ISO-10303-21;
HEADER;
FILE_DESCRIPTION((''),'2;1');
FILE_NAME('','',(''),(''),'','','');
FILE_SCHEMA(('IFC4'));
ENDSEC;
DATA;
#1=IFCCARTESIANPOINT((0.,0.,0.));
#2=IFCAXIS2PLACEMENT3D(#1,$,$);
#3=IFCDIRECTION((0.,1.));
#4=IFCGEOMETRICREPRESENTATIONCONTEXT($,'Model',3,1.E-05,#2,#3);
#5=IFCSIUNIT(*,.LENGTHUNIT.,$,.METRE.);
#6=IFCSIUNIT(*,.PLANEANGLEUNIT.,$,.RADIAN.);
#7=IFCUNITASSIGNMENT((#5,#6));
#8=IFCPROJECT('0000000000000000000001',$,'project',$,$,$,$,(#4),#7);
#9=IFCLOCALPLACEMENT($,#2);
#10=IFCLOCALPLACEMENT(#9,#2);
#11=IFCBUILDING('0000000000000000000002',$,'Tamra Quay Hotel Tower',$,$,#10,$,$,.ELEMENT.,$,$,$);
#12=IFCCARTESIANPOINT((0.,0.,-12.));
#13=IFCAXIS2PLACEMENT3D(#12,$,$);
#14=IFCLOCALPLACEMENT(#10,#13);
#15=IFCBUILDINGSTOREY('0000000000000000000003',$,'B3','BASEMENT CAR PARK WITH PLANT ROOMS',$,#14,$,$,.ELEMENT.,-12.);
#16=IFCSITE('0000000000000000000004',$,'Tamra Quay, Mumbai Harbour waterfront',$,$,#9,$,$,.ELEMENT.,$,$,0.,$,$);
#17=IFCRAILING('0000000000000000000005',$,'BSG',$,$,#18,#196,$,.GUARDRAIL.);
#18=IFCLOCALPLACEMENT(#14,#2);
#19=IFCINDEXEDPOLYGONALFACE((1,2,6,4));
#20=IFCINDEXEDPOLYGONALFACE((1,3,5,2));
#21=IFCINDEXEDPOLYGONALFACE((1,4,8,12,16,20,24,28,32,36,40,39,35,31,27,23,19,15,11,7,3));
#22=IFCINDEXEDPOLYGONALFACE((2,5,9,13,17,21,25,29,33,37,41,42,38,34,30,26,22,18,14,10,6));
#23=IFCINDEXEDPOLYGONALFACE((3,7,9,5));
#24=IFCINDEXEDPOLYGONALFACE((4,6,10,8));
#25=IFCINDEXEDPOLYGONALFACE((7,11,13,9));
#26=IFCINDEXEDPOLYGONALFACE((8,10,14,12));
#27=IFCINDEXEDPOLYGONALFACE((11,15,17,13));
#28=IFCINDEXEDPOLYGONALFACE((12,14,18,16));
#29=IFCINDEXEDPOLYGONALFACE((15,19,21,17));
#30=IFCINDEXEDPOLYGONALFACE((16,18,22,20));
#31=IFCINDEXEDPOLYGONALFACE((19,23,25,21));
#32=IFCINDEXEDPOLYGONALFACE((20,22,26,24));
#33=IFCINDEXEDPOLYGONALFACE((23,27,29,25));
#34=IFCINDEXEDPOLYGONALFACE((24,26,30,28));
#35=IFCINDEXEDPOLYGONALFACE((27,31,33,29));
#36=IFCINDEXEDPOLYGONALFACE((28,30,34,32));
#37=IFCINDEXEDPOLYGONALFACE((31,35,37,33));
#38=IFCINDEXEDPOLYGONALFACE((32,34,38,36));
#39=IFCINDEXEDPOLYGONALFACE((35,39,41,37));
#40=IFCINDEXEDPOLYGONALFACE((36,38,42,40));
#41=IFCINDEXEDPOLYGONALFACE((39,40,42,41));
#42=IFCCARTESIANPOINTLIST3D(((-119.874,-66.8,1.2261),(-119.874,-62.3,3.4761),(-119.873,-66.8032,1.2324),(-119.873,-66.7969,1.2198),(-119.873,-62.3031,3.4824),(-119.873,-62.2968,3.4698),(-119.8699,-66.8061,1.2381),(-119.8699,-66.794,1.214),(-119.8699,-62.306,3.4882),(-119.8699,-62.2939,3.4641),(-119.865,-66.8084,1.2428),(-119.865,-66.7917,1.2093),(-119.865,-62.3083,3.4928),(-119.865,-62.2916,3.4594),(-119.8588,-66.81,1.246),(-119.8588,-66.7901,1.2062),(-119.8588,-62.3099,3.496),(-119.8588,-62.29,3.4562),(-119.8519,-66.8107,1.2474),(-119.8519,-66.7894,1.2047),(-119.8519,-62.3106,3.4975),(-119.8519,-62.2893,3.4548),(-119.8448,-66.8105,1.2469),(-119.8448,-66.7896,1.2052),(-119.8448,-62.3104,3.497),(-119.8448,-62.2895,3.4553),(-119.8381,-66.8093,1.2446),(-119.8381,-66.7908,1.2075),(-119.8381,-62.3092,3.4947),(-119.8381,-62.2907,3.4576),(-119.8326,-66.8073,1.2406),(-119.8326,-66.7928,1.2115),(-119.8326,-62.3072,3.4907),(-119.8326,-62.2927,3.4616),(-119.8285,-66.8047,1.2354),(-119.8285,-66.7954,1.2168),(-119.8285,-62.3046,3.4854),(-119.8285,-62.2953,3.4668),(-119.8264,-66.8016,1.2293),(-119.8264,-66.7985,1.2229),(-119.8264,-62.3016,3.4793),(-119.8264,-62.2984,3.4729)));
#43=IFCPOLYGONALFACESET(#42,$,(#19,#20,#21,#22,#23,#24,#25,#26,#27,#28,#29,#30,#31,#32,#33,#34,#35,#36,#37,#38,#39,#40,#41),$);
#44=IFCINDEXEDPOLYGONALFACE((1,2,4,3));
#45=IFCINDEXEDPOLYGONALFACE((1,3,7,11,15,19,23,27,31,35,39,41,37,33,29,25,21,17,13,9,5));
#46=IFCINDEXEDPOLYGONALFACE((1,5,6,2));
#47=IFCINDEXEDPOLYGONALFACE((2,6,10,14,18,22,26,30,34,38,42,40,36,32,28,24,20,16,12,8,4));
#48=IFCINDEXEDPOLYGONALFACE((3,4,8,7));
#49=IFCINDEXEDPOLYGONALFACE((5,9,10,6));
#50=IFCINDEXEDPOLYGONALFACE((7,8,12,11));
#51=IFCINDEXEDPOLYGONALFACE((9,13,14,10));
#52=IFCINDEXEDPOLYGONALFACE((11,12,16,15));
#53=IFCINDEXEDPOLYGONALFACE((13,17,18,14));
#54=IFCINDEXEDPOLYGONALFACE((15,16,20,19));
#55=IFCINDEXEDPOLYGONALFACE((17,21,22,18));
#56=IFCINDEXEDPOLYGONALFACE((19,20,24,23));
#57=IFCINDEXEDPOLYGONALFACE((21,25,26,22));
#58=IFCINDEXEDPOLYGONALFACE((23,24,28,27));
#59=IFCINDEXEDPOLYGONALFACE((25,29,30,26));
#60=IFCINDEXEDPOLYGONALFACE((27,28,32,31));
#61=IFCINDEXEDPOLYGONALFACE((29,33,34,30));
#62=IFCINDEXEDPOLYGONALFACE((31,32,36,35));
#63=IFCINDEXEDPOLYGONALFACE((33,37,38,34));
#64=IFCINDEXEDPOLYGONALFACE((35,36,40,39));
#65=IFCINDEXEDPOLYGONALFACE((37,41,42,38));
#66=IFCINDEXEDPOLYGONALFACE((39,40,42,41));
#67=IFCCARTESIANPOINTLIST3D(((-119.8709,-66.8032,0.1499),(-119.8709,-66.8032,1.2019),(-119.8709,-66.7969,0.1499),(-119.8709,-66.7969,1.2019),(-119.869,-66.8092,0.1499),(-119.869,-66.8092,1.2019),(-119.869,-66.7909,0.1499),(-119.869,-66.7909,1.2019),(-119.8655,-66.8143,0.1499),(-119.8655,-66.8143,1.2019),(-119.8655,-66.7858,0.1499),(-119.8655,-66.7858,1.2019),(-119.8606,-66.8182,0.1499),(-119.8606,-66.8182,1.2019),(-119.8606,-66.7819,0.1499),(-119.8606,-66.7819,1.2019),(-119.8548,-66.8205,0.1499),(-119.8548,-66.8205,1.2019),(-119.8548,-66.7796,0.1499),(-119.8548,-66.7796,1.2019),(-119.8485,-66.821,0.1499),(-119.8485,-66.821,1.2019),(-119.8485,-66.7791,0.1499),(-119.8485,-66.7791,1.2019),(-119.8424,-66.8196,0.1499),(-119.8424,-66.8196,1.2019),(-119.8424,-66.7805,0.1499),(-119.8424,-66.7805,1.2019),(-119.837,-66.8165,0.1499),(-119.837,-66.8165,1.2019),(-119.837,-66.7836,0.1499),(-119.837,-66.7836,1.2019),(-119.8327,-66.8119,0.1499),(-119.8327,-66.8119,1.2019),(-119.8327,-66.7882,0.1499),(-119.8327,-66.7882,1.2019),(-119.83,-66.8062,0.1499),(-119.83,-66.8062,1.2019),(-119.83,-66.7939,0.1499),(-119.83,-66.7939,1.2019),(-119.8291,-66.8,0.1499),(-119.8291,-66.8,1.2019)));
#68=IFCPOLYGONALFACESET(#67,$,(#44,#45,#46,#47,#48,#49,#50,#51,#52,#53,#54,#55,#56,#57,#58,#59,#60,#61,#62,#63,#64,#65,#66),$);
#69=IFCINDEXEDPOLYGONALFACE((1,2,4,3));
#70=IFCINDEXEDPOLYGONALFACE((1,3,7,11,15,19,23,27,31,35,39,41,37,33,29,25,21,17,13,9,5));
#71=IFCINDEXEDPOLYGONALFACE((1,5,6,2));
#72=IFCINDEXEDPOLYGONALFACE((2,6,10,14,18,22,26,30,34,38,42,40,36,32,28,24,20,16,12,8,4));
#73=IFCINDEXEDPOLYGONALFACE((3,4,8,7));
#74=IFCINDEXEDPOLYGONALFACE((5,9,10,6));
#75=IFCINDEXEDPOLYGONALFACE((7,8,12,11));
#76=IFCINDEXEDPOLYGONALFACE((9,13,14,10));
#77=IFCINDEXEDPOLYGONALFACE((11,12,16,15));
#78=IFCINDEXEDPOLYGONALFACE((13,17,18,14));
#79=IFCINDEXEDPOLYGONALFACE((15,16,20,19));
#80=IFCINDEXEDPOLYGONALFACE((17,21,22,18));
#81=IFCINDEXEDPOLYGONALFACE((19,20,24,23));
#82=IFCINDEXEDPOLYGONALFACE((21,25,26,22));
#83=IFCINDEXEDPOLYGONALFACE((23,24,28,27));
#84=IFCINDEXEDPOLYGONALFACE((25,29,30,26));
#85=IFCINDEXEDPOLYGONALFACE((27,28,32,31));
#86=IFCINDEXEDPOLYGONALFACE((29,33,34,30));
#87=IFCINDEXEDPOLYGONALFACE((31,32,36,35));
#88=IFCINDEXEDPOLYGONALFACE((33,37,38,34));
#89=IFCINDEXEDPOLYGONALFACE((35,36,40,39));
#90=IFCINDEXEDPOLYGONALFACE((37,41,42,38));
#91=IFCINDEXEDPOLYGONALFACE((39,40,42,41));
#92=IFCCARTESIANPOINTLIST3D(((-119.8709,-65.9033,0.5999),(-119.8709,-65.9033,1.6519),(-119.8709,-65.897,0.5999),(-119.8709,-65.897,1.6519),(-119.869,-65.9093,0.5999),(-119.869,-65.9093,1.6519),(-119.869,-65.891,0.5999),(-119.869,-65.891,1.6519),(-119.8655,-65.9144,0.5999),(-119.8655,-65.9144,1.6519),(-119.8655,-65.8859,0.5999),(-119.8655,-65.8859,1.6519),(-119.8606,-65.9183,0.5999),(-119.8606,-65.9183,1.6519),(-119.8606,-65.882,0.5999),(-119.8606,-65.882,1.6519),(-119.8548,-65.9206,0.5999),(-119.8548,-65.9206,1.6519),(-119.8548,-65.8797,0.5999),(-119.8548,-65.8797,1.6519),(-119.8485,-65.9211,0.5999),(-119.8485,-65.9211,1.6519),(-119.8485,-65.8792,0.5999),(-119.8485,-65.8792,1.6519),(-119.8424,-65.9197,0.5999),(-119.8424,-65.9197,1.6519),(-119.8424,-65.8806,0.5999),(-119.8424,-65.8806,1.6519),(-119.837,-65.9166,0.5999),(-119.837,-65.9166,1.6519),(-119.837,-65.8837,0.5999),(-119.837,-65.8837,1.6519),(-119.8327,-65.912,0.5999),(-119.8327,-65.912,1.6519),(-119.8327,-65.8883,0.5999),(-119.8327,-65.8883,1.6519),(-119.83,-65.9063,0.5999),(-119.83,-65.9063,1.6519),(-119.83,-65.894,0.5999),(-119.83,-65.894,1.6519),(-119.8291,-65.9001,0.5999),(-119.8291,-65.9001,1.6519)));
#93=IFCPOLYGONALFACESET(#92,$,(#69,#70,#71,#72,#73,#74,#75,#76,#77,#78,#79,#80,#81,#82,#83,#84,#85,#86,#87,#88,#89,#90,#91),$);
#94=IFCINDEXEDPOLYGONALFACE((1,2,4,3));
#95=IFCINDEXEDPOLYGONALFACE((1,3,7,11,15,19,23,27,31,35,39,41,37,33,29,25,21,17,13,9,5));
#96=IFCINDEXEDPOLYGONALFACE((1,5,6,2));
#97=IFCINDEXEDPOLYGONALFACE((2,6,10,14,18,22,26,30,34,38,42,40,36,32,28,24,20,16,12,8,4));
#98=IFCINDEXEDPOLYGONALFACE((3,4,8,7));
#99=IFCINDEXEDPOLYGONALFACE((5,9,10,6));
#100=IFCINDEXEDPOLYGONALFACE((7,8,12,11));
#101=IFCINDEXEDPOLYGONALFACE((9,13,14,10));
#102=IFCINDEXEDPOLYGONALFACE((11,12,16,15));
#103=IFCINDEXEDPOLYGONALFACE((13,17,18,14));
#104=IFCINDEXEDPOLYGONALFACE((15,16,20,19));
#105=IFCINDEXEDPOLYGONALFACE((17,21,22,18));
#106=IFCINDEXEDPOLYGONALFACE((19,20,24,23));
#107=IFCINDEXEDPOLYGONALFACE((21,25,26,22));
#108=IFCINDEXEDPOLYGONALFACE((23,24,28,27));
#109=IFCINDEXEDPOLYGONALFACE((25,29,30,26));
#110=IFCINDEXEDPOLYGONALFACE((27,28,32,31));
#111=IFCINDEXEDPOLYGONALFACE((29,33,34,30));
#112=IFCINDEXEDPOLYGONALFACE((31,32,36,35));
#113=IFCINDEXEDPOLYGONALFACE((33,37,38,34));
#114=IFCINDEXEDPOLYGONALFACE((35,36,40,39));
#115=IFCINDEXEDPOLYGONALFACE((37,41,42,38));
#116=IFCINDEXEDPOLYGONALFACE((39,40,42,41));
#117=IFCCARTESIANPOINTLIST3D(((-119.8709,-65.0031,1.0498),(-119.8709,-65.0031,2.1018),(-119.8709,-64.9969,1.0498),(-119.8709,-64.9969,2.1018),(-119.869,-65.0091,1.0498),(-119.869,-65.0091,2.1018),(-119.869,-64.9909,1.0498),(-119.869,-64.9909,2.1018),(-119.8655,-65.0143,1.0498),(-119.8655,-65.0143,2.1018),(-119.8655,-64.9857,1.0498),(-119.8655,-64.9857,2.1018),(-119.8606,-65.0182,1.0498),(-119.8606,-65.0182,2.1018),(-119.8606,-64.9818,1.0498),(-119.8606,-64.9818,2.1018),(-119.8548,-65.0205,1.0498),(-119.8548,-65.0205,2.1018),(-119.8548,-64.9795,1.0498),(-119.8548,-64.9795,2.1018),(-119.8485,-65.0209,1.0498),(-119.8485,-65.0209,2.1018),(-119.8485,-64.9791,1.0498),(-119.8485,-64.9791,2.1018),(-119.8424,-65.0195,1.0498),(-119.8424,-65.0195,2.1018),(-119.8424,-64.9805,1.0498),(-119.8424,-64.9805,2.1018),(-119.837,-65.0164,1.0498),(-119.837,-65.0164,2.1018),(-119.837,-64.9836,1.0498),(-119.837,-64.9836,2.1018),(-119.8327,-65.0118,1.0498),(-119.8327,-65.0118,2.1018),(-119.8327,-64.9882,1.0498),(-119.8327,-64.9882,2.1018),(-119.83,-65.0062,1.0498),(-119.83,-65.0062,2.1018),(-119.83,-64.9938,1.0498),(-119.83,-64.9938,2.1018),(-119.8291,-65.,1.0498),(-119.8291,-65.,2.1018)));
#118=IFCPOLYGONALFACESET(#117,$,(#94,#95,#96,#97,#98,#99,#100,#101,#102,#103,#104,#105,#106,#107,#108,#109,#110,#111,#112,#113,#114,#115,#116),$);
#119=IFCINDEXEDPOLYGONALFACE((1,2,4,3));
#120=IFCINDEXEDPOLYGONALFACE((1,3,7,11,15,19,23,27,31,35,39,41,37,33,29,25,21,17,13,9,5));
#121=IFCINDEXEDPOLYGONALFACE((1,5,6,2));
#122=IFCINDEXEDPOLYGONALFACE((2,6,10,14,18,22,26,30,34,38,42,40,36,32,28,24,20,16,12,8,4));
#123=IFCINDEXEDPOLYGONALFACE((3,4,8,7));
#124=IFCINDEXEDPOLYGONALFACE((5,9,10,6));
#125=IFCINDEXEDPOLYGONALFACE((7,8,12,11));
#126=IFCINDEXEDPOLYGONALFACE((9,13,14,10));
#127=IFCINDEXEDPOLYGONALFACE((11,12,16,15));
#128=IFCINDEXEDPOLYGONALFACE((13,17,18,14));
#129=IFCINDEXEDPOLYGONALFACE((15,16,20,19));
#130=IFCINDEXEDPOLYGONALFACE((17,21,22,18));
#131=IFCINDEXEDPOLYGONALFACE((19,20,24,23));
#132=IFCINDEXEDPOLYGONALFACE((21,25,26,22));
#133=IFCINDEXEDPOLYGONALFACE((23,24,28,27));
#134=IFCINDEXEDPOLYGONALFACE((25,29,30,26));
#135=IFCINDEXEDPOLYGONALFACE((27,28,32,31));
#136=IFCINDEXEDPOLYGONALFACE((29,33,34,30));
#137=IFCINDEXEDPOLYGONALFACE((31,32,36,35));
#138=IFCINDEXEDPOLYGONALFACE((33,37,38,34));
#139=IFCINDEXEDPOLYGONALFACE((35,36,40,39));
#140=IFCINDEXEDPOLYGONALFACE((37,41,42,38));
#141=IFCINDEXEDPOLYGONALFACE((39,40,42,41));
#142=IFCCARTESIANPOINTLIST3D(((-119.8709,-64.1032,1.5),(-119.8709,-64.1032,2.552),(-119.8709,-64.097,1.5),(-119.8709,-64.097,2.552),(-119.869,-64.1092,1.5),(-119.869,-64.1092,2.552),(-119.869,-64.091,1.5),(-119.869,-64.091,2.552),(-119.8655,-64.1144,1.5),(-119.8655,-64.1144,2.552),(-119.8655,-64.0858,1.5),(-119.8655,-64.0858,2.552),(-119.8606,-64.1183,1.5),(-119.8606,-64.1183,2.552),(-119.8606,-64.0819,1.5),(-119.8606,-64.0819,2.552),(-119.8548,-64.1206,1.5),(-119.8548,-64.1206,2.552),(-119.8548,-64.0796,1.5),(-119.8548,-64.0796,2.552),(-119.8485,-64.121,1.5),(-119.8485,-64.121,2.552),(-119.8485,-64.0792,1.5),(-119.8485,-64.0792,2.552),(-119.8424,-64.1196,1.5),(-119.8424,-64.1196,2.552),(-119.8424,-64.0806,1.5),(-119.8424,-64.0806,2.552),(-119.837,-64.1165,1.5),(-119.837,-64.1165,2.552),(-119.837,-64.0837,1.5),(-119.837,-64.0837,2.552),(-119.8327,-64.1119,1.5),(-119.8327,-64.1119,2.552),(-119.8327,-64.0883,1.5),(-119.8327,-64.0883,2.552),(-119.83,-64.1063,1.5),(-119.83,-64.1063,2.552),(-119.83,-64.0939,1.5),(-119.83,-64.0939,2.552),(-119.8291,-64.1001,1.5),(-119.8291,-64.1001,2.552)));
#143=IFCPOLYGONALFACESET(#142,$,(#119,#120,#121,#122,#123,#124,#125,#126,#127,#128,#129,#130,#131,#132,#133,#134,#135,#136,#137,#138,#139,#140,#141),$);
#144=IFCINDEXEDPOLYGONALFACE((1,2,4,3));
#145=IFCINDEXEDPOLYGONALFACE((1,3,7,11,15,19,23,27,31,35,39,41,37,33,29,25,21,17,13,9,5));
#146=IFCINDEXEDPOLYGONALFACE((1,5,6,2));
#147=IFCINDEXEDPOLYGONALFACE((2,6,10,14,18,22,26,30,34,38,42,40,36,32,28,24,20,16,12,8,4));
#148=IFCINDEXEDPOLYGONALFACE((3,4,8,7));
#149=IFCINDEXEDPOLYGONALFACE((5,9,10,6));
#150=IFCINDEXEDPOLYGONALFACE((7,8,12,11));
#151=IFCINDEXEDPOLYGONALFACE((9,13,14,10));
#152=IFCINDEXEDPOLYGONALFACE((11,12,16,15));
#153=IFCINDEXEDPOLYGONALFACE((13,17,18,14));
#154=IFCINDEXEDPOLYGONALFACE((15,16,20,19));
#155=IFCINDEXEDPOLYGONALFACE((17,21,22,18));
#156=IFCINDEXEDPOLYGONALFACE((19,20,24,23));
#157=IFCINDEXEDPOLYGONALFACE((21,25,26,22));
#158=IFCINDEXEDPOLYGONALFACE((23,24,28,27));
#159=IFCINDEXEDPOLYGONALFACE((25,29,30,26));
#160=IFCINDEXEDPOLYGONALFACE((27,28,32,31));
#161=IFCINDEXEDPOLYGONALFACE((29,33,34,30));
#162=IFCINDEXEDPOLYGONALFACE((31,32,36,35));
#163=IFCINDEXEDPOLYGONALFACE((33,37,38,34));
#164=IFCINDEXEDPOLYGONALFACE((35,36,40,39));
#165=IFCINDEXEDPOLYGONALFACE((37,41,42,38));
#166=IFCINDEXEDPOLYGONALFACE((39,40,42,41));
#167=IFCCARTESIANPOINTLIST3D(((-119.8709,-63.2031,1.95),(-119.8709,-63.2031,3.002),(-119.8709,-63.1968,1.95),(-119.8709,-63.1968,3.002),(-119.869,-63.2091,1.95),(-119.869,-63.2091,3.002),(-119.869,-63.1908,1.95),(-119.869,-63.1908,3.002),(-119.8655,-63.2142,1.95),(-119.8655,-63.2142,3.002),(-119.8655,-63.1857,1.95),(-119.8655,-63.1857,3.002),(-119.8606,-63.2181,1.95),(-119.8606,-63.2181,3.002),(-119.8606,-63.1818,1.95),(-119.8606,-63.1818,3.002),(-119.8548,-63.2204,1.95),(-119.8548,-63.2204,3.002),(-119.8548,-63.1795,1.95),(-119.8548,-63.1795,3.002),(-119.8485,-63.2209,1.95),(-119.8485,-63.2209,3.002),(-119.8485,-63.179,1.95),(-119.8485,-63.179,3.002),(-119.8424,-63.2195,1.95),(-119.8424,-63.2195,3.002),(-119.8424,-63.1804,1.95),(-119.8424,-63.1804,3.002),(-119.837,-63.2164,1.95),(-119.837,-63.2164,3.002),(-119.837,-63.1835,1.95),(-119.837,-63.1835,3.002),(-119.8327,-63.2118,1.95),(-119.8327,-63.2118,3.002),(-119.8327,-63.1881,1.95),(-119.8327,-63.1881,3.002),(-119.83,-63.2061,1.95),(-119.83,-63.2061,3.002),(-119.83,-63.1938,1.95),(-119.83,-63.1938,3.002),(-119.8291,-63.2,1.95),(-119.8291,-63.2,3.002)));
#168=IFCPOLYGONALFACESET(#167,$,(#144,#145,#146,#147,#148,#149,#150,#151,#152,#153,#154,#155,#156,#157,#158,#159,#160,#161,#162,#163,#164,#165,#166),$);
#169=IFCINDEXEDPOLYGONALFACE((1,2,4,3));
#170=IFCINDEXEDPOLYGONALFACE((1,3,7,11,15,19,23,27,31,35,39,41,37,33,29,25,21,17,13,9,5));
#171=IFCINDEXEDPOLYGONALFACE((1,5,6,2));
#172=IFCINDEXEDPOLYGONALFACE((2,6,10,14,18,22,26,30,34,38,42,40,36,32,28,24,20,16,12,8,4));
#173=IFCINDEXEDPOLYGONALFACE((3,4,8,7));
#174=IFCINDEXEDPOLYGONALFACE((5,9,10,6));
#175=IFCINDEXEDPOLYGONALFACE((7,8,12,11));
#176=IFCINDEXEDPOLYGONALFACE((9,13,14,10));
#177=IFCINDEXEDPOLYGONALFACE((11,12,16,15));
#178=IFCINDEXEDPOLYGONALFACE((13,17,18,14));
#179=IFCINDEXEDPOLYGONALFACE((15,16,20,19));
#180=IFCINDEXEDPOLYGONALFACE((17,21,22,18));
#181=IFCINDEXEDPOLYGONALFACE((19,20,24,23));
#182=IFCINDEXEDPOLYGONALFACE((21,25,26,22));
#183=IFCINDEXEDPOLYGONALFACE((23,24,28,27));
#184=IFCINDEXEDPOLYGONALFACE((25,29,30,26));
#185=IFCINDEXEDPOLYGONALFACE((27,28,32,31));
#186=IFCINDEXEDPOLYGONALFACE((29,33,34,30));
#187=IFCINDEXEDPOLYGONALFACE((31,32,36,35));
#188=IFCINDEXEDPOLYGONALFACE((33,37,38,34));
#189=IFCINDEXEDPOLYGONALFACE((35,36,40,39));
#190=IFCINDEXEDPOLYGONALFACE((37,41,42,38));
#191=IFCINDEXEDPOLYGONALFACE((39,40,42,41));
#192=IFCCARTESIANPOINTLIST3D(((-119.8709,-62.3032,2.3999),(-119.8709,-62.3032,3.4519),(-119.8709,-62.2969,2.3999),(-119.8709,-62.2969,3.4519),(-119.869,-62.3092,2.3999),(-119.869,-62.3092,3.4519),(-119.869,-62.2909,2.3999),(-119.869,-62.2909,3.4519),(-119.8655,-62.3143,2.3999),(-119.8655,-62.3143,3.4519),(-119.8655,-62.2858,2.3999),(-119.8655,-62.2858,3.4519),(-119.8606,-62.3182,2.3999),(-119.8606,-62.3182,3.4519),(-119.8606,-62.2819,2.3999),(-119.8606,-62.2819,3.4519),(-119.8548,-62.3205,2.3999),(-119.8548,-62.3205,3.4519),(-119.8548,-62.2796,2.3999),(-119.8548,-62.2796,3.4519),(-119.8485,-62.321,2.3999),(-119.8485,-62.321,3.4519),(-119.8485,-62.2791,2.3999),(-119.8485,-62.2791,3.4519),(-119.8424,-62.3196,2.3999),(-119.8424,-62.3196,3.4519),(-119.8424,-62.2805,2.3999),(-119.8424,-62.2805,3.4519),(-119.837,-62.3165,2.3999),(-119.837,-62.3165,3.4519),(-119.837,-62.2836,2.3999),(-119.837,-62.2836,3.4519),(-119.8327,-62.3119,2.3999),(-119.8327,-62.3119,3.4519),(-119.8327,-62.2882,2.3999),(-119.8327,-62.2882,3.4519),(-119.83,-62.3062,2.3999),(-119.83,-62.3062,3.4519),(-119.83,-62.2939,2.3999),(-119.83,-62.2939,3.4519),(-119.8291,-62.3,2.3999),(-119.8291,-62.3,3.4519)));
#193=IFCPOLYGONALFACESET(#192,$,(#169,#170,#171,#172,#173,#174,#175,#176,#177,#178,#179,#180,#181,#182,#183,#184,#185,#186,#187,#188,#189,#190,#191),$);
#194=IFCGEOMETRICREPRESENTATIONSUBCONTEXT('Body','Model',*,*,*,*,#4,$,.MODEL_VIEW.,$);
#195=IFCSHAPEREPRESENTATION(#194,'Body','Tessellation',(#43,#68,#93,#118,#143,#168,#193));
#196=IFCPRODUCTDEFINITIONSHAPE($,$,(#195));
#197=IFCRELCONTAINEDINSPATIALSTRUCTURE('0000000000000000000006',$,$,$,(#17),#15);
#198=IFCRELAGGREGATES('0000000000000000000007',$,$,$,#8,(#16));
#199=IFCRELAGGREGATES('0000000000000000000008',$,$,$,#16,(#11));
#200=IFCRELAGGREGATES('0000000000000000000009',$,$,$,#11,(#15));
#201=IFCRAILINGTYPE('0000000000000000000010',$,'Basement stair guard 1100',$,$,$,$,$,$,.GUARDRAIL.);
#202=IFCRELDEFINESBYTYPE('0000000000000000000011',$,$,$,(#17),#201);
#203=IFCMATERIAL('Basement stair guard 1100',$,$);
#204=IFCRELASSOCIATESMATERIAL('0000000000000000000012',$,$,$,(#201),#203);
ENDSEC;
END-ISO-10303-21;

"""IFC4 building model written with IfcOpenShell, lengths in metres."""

from ifc_helpers import new_model, si_unit, direction, frame, origin, origin_2d, place, context, subcontext, project, spatial, circle, extrude, material, type_object, element, save


model = new_model("IFC4")

# Units and contexts
model_context = context("Model", 3, precision=1e-05, world=origin(), true_north=direction((0.0, 1.0)))
body_context = subcontext(model_context, "Body", "Model", "MODEL_VIEW")
ifc_project = project(units=[si_unit("LENGTHUNIT", "METRE"), si_unit("PLANEANGLEUNIT", "RADIAN")], contexts=[model_context])

# Site, building, storey
site_placement = place(None, origin())
site = spatial("IfcSite", under=ifc_project, at=site_placement, Name="Tamra Quay, Mumbai Harbour waterfront", CompositionType="ELEMENT", RefElevation=0.0)
building_placement = place(site_placement, origin())
building = spatial("IfcBuilding", under=site, at=building_placement, Name="Tamra Quay Hotel Tower", CompositionType="ELEMENT")
storey_placement = place(building_placement, frame((0.0, 0.0, -12.0)))
storey = spatial("IfcBuildingStorey", under=building, at=storey_placement, Name="B3", Description="BASEMENT CAR PARK WITH PLANT ROOMS", CompositionType="ELEMENT", Elevation=-12.0)

# Railing
ifc_material_1 = material(Name="Basement stair guard 1100")
railing_type_1 = type_object("IfcRailingType", Name="Basement stair guard 1100", PredefinedType="GUARDRAIL", material=ifc_material_1)
railing_1_placement = place(storey_placement, frame((-119.8501, -66.8, 0.1499)))
element("IfcRailing", 1, at=railing_1_placement, inside=storey, type_object=railing_type_1, Name="BSG", PredefinedType="GUARDRAIL", context=body_context, shape_type="SweptSolid", body=[
    extrude(circle(Radius=0.0239, at=origin_2d()), frame((0.0, 0.0, 1.0762), z_axis=(0.0, 0.894427, 0.447214), x_axis=(-1.0, 0.0, 0.0)), (0.0, 0.0, 1.0), 5.0312),
    extrude(circle(Radius=0.021, at=origin_2d()), origin(), (0.0, 0.0, 1.0), 1.052),
    extrude(circle(Radius=0.021, at=origin_2d()), frame((0.0, 0.8999, 0.45)), (0.0, 0.0, 1.0), 1.052),
    extrude(circle(Radius=0.021, at=origin_2d()), frame((0.0, 1.8, 0.8999)), (0.0, 0.0, 1.0), 1.052),
    extrude(circle(Radius=0.021, at=origin_2d()), frame((0.0, 2.7, 1.3501)), (0.0, 0.0, 1.0), 1.052),
    extrude(circle(Radius=0.021, at=origin_2d()), frame((0.0, 3.6001, 1.8)), (0.0, 0.0, 1.0), 1.052),
    extrude(circle(Radius=0.021, at=origin_2d()), frame((0.0, 4.5, 2.25)), (0.0, 0.0, 1.0), 1.052),
])

save(model, "model.ifc")
